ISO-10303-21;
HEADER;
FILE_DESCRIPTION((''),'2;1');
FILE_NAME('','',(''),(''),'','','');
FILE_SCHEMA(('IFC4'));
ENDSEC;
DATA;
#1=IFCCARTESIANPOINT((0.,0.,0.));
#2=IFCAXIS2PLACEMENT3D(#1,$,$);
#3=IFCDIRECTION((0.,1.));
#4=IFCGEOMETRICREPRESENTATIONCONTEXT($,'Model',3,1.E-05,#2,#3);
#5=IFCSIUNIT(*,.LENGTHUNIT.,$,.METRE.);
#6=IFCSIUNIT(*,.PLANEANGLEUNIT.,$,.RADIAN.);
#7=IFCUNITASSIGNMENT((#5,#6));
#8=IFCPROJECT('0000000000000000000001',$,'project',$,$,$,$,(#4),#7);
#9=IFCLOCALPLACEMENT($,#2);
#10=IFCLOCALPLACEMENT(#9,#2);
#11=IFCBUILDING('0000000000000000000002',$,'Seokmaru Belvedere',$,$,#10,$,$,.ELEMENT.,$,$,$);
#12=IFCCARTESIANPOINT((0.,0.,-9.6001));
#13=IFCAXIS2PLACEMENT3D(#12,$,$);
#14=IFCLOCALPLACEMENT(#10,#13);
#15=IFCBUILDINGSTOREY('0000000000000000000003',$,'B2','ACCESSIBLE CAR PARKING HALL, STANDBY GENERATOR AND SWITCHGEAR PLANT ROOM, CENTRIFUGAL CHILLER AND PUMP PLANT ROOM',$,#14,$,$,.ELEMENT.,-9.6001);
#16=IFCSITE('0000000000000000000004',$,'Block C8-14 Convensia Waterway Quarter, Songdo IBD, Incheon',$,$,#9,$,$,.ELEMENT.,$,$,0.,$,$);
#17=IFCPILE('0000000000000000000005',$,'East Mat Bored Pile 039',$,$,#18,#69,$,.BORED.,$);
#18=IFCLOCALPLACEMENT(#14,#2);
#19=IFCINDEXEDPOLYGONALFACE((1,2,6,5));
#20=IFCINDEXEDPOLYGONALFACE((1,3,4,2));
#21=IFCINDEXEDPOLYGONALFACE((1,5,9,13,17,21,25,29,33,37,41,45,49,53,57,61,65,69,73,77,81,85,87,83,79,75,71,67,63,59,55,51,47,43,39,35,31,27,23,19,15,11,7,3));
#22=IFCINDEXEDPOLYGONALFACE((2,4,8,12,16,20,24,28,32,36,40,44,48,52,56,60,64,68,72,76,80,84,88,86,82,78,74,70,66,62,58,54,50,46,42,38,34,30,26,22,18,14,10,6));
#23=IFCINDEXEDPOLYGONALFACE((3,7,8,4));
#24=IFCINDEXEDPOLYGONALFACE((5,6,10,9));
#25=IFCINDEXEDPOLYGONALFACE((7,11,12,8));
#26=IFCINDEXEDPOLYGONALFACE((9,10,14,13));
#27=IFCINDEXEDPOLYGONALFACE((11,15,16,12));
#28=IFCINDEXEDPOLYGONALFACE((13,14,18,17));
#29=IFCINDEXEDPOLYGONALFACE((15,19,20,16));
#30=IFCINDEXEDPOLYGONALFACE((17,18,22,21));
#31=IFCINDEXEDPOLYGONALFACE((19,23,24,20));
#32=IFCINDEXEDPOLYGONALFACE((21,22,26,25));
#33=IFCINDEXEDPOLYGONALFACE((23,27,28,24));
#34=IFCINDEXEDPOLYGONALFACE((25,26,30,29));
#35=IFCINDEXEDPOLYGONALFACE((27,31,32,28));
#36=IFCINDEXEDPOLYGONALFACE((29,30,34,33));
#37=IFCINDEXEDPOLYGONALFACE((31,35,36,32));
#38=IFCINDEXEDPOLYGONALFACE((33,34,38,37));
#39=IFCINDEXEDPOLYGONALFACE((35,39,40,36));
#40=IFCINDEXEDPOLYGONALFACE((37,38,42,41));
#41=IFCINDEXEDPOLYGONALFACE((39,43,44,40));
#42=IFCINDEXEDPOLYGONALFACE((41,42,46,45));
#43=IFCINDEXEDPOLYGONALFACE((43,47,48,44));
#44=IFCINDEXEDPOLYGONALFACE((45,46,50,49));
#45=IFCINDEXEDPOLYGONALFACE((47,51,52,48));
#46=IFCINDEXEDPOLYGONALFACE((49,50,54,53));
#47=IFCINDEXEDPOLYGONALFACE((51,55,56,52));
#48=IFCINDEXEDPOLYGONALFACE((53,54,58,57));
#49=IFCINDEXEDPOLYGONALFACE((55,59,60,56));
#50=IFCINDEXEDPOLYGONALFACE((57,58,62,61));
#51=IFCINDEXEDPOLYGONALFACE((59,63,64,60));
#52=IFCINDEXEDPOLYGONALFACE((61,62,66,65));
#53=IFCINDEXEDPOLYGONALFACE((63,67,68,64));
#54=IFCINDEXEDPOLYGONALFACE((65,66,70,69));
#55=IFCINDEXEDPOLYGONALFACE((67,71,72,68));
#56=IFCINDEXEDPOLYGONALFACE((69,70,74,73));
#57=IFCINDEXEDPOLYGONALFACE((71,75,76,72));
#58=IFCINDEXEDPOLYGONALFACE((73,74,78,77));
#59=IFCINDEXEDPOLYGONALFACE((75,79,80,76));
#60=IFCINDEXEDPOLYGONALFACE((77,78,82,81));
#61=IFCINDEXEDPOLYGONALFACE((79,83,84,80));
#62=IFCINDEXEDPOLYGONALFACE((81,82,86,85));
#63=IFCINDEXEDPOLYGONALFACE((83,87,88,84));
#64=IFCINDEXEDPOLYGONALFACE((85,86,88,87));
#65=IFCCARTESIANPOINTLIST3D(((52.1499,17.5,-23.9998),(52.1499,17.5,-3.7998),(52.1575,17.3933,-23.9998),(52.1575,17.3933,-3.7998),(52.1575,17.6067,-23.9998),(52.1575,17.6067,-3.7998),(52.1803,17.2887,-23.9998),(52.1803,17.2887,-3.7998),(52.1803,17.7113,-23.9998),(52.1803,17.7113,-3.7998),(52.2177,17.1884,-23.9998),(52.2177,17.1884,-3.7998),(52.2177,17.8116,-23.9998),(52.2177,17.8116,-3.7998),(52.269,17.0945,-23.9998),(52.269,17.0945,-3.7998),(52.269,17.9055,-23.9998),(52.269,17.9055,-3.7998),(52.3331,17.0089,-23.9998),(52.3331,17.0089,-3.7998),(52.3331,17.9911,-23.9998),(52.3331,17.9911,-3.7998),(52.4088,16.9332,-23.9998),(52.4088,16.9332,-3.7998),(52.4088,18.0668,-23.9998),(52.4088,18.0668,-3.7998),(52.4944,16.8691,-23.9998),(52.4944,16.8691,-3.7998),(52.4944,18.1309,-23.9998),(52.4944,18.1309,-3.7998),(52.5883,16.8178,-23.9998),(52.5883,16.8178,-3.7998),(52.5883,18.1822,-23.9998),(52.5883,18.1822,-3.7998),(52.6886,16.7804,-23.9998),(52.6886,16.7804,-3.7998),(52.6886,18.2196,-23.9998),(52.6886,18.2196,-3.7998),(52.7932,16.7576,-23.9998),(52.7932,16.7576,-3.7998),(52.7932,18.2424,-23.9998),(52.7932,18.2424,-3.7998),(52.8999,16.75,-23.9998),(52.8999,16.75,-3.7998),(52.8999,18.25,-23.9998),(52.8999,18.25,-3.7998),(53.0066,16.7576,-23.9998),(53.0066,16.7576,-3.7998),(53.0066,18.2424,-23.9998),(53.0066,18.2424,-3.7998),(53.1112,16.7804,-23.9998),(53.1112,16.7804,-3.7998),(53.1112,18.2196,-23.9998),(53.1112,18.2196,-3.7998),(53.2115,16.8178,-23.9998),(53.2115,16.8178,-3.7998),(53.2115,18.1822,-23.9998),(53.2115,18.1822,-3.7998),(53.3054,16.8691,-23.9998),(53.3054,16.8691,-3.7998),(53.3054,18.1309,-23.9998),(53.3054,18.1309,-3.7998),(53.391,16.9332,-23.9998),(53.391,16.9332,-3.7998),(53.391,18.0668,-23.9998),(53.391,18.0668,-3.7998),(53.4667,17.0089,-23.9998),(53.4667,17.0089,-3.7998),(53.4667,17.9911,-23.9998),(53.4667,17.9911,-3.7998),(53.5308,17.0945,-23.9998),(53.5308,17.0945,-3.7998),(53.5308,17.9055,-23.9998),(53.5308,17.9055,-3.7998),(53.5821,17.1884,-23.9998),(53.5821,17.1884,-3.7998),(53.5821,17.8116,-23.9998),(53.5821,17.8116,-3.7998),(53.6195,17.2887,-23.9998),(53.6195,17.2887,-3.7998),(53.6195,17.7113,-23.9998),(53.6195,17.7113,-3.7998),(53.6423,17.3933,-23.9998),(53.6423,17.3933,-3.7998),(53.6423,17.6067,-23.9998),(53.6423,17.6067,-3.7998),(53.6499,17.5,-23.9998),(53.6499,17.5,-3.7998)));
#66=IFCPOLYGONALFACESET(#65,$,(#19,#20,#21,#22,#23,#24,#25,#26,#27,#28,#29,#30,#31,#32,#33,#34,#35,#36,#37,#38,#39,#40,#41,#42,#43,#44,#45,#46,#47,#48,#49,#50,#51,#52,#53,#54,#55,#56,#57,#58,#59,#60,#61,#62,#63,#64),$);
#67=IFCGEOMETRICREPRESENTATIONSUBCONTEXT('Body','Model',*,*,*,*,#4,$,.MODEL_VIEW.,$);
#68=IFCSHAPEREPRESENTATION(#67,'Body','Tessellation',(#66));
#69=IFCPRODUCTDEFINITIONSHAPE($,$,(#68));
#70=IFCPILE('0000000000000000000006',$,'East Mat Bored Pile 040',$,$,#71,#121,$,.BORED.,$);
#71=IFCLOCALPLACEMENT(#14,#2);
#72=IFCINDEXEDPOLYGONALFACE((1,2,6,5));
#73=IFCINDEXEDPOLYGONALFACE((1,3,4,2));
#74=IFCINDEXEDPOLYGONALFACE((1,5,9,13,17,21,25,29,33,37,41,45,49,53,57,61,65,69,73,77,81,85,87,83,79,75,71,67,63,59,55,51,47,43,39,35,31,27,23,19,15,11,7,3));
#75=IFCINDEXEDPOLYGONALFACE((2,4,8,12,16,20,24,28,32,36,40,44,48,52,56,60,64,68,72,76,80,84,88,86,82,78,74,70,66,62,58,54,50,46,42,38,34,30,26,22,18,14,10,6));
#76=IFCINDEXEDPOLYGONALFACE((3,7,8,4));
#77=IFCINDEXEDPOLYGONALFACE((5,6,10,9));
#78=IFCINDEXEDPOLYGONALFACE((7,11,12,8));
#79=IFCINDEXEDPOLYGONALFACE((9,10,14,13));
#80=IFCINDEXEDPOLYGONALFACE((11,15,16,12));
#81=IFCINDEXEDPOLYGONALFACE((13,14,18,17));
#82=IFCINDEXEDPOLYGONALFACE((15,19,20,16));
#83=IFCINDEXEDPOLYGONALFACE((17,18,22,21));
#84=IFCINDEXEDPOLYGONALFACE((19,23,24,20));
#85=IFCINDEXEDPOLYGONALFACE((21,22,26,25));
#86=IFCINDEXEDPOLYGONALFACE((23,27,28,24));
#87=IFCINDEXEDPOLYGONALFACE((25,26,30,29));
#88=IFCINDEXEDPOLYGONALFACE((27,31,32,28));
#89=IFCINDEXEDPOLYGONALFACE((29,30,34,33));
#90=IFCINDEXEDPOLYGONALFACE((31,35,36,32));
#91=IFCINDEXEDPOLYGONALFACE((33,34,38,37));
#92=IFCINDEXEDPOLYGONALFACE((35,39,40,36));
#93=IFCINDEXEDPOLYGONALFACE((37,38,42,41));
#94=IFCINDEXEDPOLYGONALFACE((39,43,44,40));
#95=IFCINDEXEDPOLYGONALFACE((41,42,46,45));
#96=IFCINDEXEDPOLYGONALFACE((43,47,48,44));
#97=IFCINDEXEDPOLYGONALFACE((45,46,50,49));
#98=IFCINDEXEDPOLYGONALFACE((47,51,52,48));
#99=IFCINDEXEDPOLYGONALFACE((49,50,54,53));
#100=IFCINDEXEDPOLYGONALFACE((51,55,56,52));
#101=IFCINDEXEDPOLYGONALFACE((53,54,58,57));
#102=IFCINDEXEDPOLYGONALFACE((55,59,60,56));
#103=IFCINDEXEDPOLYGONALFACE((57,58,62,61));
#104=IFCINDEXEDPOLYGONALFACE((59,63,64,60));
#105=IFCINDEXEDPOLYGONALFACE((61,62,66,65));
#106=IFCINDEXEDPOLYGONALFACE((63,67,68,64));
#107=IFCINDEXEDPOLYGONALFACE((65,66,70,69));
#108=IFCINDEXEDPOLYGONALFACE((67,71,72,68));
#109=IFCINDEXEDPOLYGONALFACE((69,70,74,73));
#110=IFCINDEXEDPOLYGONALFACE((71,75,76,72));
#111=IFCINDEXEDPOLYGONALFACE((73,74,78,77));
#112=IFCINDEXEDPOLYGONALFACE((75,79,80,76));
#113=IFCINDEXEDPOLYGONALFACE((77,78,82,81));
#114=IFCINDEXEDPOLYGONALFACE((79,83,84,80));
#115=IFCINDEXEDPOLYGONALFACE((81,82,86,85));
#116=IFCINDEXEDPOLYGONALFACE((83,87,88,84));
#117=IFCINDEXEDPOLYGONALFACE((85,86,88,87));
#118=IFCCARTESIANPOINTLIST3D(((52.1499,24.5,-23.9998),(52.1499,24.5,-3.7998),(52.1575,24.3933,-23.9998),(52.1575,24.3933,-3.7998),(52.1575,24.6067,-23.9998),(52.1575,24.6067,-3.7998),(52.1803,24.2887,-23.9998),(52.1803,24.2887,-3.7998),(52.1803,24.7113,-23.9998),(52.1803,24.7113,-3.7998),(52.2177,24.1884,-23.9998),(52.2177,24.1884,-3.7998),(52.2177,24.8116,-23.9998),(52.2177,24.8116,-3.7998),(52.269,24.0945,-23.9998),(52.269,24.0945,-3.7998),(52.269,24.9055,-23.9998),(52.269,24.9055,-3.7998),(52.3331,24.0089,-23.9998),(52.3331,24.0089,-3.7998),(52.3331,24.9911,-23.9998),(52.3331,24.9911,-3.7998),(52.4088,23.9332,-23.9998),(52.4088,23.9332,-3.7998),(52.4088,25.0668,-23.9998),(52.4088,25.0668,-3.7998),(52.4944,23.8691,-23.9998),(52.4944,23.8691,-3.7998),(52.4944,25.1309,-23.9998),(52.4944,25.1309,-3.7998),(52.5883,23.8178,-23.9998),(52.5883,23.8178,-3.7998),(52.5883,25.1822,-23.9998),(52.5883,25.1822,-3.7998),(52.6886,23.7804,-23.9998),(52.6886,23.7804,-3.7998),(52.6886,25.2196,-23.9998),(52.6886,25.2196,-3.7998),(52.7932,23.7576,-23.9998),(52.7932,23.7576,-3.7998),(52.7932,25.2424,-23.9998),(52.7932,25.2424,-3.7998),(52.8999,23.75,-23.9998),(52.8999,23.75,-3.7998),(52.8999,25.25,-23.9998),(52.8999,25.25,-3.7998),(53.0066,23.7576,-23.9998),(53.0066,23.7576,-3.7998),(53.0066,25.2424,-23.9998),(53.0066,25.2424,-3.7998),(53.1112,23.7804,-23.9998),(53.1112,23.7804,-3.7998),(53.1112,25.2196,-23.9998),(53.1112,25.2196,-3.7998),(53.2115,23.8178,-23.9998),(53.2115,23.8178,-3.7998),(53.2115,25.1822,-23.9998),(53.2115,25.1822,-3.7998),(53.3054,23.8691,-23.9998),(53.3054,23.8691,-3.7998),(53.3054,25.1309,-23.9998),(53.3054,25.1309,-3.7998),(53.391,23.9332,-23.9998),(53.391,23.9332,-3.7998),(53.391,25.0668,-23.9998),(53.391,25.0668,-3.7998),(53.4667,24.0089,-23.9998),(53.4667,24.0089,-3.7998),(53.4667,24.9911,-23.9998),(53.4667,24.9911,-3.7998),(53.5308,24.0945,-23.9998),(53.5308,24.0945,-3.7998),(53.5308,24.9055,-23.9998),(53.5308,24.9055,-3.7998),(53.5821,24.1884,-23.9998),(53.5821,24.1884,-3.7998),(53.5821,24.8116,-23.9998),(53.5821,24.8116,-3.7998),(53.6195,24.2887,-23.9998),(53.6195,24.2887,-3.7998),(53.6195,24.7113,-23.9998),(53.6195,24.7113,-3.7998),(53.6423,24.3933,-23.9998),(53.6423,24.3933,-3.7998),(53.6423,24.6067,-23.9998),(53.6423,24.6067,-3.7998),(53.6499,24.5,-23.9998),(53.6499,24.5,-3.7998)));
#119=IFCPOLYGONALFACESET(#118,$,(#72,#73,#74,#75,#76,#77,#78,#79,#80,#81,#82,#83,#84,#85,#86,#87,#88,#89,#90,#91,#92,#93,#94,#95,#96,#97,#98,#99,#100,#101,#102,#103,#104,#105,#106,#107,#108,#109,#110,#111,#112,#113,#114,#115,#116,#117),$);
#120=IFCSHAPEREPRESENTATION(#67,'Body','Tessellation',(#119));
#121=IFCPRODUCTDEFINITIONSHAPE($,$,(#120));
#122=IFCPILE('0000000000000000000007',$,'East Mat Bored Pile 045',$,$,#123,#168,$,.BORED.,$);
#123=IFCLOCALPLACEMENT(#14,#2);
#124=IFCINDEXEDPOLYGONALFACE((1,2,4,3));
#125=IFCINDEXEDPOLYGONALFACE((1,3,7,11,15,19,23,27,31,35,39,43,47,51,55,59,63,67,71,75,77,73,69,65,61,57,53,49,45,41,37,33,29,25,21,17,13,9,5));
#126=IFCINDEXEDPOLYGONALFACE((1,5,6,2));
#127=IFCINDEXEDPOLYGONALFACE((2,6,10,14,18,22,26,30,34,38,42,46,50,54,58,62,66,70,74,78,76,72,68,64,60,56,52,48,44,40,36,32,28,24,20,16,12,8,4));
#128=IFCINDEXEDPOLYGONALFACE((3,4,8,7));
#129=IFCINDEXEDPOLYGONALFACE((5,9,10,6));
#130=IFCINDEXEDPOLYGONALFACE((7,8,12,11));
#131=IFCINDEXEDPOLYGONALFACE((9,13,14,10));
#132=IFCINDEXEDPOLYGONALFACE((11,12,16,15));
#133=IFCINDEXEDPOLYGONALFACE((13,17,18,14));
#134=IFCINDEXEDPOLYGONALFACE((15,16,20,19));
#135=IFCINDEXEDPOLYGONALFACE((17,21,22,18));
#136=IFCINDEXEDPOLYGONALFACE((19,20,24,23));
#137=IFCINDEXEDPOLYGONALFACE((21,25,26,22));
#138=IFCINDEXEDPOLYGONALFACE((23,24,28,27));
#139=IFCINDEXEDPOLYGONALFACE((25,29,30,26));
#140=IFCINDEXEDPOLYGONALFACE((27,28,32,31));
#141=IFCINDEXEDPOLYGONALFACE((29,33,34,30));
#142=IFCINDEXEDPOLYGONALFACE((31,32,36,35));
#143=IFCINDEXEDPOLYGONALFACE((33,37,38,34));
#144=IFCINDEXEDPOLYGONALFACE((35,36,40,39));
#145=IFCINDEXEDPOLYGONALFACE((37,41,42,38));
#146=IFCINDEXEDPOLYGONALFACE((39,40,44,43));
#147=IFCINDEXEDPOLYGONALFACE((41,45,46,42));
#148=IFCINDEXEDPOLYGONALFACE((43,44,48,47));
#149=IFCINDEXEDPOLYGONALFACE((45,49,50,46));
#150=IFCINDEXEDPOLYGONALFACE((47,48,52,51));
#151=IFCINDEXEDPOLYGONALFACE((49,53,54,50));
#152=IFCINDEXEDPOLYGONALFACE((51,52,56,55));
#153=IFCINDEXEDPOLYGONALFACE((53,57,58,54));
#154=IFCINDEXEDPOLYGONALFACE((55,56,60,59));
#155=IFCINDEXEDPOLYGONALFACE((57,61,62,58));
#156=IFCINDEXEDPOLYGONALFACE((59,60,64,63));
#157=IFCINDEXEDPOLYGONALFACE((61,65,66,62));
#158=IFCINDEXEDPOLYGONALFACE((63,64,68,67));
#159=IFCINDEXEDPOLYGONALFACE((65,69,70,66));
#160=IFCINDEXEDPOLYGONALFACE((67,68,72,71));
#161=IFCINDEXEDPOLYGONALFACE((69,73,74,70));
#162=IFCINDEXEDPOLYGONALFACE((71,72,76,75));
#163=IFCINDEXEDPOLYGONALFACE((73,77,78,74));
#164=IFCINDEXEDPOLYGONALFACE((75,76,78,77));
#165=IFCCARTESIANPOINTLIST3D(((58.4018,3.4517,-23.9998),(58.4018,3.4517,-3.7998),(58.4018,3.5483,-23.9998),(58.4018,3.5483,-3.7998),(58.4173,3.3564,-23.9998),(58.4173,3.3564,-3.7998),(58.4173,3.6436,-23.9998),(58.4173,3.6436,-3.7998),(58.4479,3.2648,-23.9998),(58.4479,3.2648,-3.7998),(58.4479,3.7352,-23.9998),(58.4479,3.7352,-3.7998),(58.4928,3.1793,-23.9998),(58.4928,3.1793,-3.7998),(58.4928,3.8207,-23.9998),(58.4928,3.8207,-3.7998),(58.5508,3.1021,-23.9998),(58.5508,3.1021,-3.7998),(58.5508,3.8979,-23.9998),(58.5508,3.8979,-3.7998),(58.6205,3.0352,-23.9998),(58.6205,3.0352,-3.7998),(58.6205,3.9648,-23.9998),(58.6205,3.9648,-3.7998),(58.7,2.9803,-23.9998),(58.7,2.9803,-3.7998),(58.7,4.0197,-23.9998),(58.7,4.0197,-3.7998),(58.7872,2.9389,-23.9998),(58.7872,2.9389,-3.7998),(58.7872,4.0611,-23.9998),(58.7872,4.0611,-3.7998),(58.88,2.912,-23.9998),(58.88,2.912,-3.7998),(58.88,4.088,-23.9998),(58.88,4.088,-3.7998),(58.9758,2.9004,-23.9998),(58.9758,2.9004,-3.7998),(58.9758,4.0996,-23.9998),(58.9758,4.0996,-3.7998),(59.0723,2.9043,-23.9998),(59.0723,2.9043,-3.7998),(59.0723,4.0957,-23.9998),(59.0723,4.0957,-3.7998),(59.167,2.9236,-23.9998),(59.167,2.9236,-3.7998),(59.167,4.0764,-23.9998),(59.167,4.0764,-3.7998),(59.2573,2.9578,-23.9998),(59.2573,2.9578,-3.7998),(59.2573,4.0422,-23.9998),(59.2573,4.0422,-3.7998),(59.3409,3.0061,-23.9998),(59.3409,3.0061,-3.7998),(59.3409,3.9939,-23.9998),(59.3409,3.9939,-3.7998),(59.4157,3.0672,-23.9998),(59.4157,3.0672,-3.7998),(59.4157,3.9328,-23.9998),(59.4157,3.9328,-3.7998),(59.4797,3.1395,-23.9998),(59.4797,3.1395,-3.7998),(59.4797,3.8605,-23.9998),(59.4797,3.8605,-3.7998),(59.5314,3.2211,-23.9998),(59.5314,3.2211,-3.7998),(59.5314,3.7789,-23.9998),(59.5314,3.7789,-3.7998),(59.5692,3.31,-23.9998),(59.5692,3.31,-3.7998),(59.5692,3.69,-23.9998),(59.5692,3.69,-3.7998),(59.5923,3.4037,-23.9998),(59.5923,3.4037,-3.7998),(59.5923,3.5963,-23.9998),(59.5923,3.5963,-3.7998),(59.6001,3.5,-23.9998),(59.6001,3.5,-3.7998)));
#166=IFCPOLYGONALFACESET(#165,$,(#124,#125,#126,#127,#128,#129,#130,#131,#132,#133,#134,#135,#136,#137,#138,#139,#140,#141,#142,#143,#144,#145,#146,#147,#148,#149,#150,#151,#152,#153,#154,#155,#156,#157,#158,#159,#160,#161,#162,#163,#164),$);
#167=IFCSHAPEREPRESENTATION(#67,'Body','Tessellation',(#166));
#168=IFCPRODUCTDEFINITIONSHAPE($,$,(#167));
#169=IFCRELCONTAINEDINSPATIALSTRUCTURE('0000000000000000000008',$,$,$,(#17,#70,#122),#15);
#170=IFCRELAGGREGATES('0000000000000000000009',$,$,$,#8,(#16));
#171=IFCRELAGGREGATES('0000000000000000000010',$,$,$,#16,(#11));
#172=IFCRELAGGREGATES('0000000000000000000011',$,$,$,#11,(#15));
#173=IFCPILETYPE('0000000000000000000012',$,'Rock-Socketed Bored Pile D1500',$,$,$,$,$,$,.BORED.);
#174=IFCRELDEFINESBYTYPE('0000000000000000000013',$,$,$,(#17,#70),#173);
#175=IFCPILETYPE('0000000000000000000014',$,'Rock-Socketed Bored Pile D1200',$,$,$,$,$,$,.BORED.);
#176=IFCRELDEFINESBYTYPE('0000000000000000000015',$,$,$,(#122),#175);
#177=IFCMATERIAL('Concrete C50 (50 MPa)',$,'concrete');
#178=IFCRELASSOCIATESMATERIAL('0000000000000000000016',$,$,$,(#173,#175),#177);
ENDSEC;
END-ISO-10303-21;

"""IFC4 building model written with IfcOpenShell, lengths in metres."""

from ifc_helpers import new_model, si_unit, direction, frame, origin, origin_2d, place, context, subcontext, project, spatial, circle, extrude, source, transform, mapped, material, material_profile, profile_set, type_object, type_shapes, element, save


model = new_model("IFC4")

# Units and contexts
model_context = context("Model", 3, precision=1e-05, world=origin(), true_north=direction((0.0, 1.0)))
body_context = subcontext(model_context, "Body", "Model", "MODEL_VIEW")
ifc_project = project(units=[si_unit("LENGTHUNIT", "METRE"), si_unit("PLANEANGLEUNIT", "RADIAN")], contexts=[model_context])

# Site, building, storey
site_placement = place(None, origin())
site = spatial("IfcSite", under=ifc_project, at=site_placement, Name="Block C8-14 Convensia Waterway Quarter, Songdo IBD, Incheon", CompositionType="ELEMENT", RefElevation=0.0)
building_placement = place(site_placement, origin())
building = spatial("IfcBuilding", under=site, at=building_placement, Name="Seokmaru Belvedere", CompositionType="ELEMENT")
storey_placement = place(building_placement, frame((0.0, 0.0, -9.6001)))
storey = spatial("IfcBuildingStorey", under=building, at=storey_placement, Name="B2", Description="ACCESSIBLE CAR PARKING HALL, STANDBY GENERATOR AND SWITCHGEAR PLANT ROOM, CENTRIFUGAL CHILLER AND PUMP PLANT ROOM", CompositionType="ELEMENT", Elevation=-9.6001)

# Piles
ifc_material_1 = material(Name="Concrete C50 (50 MPa)", Category="concrete")
ifc_material_profile_1 = material_profile(ifc_material_1, circle(Radius=0.75, at=origin_2d()), Name="PILE-D1500")
ifc_profile_set_1 = profile_set([ifc_material_profile_1], Name="Concrete C50 (50 MPa)")
pile_type_1 = type_object("IfcPileType", Name="Rock-Socketed Bored Pile D1500", PredefinedType="BORED", material=ifc_profile_set_1)
shared_shape_1 = source(origin(), body_context, "Body", "SweptSolid", [
    extrude(circle(Radius=0.75, at=origin_2d()), origin(), (0.0, 0.0, 1.0), 20.2),
])
type_shapes(pile_type_1, [shared_shape_1])
for number, where, z_axis, x_axis, name in (
    (1, (52.8999, 17.5, -3.7998), (0.0, 0.0, -1.0), (1.0, 0.0, 0.0), "East Mat Bored Pile 039"),
    (2, (52.8999, 24.5, -3.7998), (0.0, 0.0, -1.0), (1.0, 0.0, 0.0), "East Mat Bored Pile 040"),
):
    element("IfcPile", number, at=place(storey_placement, frame(where, z_axis=z_axis, x_axis=x_axis)), inside=storey, type_object=pile_type_1, Name=name, PredefinedType="BORED", context=body_context, shape_type="MappedRepresentation", body=[
        mapped(shared_shape_1, transform((0.0, 0.0, 0.0), scale=1.0)),
    ])
ifc_material_profile_2 = material_profile(ifc_material_1, circle(Radius=0.6001, at=origin_2d()), Name="PILE-D1200")
ifc_profile_set_2 = profile_set([ifc_material_profile_2], Name="Concrete C50 (50 MPa)")
pile_type_2 = type_object("IfcPileType", Name="Rock-Socketed Bored Pile D1200", PredefinedType="BORED", material=ifc_profile_set_2)
shared_shape_2 = source(origin(), body_context, "Body", "SweptSolid", [
    extrude(circle(Radius=0.6001, at=origin_2d()), origin(), (0.0, 0.0, 1.0), 20.2),
])
type_shapes(pile_type_2, [shared_shape_2])
for number, where, z_axis, x_axis, name in (
    (3, (59.0, 3.5, -3.7998), (0.0, 0.0, -1.0), (1.0, 0.0, 0.0), "East Mat Bored Pile 045"),
):
    element("IfcPile", number, at=place(storey_placement, frame(where, z_axis=z_axis, x_axis=x_axis)), inside=storey, type_object=pile_type_2, Name=name, PredefinedType="BORED", context=body_context, shape_type="MappedRepresentation", body=[
        mapped(shared_shape_2, transform((0.0, 0.0, 0.0), scale=1.0)),
    ])

save(model, "model.ifc")
